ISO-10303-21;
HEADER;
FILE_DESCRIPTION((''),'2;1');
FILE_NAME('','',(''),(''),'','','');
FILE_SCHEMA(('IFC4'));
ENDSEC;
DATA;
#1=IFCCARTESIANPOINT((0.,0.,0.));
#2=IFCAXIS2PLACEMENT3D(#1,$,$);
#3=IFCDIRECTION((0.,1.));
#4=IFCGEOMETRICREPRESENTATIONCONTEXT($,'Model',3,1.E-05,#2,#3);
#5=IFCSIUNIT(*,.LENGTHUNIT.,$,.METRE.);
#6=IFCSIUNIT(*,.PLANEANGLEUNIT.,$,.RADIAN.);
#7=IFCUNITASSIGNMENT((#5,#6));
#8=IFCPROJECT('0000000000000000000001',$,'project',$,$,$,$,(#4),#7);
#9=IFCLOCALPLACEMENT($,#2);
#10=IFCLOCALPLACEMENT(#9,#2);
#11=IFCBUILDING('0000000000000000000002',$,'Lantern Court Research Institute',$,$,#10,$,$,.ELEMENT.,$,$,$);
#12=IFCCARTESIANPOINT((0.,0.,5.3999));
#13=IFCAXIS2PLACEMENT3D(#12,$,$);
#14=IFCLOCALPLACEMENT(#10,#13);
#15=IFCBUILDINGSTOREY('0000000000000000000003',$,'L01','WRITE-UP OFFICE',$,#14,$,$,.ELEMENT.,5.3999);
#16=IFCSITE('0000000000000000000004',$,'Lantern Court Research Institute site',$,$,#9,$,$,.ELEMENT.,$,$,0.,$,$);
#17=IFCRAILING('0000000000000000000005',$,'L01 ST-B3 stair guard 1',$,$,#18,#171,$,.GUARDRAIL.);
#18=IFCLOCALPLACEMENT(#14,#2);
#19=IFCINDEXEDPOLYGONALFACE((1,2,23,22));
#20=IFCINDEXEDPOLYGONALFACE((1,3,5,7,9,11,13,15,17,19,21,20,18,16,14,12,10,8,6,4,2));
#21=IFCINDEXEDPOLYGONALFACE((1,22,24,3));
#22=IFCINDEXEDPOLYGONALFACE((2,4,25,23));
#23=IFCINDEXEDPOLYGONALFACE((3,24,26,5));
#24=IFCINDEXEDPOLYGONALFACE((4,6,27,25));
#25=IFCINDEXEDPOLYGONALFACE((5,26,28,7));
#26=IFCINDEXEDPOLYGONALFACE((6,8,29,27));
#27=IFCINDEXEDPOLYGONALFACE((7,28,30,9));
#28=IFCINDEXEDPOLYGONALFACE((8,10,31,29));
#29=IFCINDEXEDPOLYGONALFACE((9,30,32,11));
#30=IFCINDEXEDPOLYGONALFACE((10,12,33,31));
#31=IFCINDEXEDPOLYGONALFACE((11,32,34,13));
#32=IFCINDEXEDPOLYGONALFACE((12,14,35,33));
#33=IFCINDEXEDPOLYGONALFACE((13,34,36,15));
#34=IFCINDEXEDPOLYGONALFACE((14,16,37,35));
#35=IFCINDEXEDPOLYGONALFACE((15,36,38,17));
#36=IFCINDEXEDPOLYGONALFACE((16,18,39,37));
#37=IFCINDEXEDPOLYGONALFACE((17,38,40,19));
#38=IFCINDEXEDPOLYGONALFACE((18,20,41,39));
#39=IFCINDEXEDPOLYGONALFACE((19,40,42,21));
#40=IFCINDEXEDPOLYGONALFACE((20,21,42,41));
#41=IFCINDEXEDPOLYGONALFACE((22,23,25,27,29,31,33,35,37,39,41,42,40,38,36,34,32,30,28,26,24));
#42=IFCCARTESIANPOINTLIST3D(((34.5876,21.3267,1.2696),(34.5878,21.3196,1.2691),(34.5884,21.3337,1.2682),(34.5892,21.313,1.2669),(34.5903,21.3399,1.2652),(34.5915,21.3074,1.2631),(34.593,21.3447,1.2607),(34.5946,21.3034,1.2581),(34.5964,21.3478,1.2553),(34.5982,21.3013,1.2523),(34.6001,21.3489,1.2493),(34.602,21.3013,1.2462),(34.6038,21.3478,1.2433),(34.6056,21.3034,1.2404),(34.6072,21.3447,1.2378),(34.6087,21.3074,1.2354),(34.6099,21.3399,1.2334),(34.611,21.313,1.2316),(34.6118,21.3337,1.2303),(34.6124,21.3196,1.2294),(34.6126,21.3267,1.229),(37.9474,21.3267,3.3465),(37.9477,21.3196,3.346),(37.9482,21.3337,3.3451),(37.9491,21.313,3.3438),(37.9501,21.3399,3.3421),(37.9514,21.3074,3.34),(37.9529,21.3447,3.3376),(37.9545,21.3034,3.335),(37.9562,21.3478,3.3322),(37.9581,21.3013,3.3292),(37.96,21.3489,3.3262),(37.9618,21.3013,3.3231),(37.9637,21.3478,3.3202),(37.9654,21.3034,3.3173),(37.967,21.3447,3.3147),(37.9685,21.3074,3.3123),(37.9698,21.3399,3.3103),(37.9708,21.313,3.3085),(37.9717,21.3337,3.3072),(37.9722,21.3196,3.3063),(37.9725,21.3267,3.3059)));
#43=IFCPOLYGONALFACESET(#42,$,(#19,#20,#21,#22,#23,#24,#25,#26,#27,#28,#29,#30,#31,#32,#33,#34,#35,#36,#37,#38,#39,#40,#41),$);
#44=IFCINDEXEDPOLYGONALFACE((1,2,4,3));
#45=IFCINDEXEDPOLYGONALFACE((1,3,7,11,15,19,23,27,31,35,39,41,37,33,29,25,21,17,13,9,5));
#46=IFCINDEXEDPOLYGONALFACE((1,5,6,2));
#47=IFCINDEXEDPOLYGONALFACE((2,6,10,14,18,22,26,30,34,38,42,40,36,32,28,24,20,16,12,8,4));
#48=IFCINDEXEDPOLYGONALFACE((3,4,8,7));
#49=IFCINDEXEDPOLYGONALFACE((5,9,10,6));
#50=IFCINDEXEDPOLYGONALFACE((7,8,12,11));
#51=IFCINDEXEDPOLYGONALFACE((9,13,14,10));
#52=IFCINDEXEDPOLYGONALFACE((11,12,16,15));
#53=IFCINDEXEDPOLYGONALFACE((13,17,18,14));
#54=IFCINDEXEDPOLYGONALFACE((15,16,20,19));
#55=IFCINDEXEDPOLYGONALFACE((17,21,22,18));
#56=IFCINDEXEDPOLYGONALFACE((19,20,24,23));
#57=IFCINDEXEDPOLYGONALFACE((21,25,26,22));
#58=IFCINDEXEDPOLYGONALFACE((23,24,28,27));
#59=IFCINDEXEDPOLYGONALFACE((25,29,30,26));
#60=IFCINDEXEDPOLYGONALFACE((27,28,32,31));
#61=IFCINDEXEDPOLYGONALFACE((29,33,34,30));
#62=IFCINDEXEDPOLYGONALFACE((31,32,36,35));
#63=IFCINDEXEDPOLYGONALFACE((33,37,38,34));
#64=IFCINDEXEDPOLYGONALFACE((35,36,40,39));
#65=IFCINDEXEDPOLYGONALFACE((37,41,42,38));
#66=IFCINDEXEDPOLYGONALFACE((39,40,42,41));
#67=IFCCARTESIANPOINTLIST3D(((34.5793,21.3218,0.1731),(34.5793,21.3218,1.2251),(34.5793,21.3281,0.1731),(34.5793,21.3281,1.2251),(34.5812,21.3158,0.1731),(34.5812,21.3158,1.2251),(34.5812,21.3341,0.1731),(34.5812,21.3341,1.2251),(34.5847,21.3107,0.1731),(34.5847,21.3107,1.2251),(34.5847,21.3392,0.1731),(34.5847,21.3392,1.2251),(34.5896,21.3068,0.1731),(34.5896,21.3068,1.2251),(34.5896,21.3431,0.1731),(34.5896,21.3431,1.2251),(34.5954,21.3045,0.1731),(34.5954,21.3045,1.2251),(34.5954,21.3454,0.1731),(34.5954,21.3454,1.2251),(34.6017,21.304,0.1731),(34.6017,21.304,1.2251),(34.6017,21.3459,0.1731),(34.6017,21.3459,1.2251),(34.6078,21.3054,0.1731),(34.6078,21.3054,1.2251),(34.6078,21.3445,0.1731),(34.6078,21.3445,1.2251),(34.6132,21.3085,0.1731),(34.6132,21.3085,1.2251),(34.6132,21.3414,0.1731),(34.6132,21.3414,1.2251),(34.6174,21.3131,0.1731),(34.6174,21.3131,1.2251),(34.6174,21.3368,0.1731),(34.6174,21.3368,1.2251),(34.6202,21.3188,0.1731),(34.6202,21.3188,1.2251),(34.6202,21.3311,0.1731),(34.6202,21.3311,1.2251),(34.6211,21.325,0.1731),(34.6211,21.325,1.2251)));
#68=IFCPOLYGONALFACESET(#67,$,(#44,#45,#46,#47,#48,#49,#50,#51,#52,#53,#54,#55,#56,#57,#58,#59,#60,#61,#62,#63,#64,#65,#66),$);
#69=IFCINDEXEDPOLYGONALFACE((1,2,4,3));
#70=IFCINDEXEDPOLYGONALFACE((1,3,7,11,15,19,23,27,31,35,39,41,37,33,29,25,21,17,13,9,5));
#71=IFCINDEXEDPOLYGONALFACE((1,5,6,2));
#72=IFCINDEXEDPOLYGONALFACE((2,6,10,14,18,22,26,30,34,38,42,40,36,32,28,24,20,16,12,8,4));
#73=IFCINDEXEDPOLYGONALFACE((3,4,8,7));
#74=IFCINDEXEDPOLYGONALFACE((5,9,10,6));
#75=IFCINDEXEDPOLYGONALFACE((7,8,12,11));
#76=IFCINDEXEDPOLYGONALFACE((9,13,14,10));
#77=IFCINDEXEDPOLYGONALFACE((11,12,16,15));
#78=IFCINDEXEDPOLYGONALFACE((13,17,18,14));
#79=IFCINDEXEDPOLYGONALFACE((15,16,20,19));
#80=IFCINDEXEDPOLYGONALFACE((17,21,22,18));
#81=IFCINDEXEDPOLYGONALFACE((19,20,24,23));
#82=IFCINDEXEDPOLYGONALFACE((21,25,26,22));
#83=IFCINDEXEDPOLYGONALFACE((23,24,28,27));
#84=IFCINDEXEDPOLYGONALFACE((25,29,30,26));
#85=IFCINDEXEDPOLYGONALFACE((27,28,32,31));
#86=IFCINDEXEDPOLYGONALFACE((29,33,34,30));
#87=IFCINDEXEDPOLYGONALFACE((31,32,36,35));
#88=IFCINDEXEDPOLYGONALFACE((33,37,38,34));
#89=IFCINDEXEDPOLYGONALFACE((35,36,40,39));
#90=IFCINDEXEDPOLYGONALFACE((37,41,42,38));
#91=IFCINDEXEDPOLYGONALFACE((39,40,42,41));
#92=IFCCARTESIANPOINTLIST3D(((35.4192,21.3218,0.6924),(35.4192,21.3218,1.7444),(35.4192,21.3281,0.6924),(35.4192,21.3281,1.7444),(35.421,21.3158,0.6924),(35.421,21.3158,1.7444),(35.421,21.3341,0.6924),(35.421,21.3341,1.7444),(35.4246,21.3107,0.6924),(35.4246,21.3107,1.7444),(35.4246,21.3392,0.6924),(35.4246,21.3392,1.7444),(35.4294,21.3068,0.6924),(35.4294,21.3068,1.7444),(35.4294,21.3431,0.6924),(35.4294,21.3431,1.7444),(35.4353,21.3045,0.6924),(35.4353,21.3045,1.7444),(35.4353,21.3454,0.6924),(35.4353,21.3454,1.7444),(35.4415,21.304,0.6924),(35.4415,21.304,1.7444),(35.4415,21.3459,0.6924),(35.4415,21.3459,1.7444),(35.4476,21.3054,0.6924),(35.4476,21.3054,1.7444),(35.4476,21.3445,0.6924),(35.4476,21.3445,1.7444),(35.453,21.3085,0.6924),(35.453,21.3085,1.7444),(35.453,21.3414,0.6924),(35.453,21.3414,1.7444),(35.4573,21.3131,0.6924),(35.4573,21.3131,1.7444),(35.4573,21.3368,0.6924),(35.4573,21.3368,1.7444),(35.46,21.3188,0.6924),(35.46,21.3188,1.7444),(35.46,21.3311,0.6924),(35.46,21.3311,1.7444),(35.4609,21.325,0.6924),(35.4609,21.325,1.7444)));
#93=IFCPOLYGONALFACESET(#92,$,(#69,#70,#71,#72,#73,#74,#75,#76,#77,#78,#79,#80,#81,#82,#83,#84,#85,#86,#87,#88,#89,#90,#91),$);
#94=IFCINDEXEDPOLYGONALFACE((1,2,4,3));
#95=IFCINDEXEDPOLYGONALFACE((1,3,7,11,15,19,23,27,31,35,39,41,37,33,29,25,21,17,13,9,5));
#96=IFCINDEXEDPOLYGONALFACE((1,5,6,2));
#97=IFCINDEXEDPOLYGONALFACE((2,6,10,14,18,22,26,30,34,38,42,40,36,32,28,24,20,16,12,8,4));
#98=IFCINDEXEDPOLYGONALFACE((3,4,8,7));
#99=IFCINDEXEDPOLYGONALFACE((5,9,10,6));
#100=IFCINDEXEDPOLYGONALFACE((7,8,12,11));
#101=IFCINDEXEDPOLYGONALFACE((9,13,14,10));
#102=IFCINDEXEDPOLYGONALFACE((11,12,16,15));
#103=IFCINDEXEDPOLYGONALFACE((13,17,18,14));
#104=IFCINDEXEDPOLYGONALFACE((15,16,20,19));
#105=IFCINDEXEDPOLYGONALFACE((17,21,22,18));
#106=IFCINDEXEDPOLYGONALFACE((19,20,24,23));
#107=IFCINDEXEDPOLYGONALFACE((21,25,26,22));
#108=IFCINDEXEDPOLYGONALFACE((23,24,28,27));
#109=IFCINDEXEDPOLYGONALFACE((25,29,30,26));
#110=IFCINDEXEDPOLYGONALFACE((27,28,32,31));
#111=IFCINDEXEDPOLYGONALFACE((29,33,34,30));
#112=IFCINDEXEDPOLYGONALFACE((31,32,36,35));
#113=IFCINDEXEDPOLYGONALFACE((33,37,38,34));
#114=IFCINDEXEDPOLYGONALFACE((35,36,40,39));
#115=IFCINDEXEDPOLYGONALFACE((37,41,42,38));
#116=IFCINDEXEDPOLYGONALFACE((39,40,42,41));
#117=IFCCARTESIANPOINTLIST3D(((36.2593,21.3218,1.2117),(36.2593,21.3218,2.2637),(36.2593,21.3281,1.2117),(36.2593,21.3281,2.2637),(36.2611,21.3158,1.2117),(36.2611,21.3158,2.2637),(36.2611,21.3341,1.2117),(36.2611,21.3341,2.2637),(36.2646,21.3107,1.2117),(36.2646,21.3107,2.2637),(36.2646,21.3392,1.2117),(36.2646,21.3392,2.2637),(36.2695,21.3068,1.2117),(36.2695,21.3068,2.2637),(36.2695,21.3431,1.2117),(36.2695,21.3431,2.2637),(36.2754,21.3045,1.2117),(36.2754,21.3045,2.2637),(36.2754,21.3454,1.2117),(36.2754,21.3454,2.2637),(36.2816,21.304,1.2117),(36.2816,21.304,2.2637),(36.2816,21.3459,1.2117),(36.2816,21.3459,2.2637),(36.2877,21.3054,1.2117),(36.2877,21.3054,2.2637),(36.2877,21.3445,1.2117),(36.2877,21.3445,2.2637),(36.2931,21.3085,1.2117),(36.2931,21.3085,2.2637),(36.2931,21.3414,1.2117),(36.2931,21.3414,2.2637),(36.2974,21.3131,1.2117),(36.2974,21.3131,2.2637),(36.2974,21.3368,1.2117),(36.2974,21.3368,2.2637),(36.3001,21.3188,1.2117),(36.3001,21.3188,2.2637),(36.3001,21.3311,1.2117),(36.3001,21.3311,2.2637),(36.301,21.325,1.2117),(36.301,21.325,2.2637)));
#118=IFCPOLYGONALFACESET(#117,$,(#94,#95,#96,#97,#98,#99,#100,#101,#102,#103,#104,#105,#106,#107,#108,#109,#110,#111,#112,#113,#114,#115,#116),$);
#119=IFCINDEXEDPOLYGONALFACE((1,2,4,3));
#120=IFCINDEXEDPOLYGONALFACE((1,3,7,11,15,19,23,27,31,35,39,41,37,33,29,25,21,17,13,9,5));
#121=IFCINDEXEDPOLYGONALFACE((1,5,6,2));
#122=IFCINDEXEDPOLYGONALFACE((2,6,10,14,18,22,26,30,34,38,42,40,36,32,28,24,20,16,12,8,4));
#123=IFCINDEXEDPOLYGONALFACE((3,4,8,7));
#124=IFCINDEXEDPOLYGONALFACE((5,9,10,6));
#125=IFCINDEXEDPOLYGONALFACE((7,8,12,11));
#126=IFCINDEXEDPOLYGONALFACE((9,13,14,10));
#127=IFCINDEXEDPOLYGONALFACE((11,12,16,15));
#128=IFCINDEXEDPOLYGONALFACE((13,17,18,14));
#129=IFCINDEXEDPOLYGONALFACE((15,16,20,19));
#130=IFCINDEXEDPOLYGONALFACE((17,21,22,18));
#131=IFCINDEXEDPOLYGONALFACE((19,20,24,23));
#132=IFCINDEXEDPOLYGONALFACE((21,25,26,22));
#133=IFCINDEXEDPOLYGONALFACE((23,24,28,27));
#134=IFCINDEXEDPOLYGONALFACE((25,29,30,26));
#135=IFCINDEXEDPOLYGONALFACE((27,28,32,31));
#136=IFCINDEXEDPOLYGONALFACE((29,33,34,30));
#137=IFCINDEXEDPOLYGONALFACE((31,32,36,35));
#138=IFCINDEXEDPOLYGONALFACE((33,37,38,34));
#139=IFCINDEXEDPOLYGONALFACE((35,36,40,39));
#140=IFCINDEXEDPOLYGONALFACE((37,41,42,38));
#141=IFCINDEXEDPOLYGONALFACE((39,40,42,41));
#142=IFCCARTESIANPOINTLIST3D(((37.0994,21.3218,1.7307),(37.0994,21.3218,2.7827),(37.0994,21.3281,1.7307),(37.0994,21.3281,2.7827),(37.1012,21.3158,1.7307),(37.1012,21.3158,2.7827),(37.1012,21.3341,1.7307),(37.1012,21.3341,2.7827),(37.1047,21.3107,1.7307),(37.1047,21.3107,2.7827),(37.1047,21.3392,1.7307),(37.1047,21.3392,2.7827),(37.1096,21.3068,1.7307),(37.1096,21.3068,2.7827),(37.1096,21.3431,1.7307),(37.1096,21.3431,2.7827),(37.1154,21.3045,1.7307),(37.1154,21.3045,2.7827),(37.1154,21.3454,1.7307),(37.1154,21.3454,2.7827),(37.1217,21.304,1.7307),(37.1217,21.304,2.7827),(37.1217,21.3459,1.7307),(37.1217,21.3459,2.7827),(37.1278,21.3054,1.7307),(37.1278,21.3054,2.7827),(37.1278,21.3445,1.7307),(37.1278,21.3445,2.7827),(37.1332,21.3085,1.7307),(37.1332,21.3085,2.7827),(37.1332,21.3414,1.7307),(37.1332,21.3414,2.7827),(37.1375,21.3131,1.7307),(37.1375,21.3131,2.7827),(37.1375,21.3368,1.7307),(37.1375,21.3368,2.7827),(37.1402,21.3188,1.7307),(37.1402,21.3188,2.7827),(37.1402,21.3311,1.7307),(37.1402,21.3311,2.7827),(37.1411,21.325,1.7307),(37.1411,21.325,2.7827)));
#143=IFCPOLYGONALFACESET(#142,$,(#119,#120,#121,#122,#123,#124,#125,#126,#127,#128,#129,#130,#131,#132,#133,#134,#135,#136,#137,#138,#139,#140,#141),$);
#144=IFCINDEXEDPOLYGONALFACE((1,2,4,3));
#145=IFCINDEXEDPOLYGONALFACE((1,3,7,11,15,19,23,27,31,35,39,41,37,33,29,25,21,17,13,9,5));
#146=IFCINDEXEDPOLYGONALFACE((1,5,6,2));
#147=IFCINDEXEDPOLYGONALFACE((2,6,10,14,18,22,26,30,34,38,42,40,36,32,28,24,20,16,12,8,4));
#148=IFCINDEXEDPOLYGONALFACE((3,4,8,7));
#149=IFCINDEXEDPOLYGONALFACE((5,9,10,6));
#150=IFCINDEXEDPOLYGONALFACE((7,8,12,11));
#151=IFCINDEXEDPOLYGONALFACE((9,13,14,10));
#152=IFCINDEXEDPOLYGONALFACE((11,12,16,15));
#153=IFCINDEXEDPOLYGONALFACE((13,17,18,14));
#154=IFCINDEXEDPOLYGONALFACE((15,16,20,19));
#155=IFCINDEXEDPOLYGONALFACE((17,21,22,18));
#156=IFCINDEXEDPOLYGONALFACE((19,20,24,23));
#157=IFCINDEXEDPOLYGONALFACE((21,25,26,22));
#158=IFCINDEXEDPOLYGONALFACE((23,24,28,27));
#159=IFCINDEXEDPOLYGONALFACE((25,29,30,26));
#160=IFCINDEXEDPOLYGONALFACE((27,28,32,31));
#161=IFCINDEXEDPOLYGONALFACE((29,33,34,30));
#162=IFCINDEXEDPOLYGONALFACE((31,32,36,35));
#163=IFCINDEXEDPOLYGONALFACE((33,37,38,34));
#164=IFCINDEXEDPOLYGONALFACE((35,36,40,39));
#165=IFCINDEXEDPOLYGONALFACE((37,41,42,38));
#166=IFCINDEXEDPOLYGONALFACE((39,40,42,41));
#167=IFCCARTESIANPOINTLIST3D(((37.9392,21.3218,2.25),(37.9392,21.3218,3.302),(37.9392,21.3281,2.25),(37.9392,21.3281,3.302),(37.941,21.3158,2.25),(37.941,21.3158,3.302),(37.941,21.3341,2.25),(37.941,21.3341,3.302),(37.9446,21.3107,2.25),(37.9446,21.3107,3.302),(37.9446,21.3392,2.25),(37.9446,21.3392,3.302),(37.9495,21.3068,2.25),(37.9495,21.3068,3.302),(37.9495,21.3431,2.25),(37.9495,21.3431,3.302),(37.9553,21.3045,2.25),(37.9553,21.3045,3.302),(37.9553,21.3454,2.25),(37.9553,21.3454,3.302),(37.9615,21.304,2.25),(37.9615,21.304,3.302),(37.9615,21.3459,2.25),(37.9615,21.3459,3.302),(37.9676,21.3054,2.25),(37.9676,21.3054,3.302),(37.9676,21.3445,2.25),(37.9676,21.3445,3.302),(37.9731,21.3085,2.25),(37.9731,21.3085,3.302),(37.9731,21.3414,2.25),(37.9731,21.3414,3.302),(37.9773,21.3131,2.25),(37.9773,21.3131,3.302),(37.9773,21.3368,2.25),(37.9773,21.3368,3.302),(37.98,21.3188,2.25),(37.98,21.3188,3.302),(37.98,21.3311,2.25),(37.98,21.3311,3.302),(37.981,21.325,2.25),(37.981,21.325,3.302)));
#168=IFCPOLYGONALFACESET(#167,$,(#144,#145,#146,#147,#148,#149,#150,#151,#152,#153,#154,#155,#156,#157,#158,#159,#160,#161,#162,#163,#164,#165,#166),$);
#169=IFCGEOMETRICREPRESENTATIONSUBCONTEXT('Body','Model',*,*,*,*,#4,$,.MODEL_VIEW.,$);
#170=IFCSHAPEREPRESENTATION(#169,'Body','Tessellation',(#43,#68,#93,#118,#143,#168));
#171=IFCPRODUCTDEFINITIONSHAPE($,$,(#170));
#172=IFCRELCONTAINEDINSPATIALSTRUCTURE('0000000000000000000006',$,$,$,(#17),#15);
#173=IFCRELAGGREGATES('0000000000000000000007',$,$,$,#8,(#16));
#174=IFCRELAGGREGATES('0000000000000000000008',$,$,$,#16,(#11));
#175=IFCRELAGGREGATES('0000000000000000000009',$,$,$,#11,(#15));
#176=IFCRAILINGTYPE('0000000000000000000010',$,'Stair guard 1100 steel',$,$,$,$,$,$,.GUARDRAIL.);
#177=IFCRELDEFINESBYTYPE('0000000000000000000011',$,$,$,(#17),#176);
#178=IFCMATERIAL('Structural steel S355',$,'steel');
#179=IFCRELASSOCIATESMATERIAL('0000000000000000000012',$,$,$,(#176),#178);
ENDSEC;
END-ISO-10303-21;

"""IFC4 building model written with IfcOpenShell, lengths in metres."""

from ifc_helpers import new_model, si_unit, direction, frame, origin, origin_2d, place, context, subcontext, project, spatial, circle, extrude, material, type_object, element, save


model = new_model("IFC4")

# Units and contexts
model_context = context("Model", 3, precision=1e-05, world=origin(), true_north=direction((0.0, 1.0)))
body_context = subcontext(model_context, "Body", "Model", "MODEL_VIEW")
ifc_project = project(units=[si_unit("LENGTHUNIT", "METRE"), si_unit("PLANEANGLEUNIT", "RADIAN")], contexts=[model_context])

# Site, building, storey
site_placement = place(None, origin())
site = spatial("IfcSite", under=ifc_project, at=site_placement, Name="Lantern Court Research Institute site", CompositionType="ELEMENT", RefElevation=0.0)
building_placement = place(site_placement, origin())
building = spatial("IfcBuilding", under=site, at=building_placement, Name="Lantern Court Research Institute", CompositionType="ELEMENT")
storey_placement = place(building_placement, frame((0.0, 0.0, 5.3999)))
storey = spatial("IfcBuildingStorey", under=building, at=storey_placement, Name="L01", Description="WRITE-UP OFFICE", CompositionType="ELEMENT", Elevation=5.3999)

# Railing
ifc_material_1 = material(Name="Structural steel S355", Category="steel")
railing_type_1 = type_object("IfcRailingType", Name="Stair guard 1100 steel", PredefinedType="GUARDRAIL", material=ifc_material_1)
railing_1_placement = place(storey_placement, frame((34.6001, 21.325, 0.1731)))
element("IfcRailing", 1, at=railing_1_placement, inside=storey, type_object=railing_type_1, Name="L01 ST-B3 stair guard 1", PredefinedType="GUARDRAIL", context=body_context, shape_type="SweptSolid", body=[
    extrude(circle(Radius=0.0239, at=origin_2d()), frame((0.0, 0.0, 1.0762), z_axis=(0.850606, 0.0, 0.525803), x_axis=(0.0, 1.0, 0.0)), (0.0, 0.0, 1.0), 3.95),
    extrude(circle(Radius=0.021, at=origin_2d()), origin(), (0.0, 0.0, 1.0), 1.052),
    extrude(circle(Radius=0.021, at=origin_2d()), frame((0.8398, 0.0, 0.5193)), (0.0, 0.0, 1.0), 1.052),
    extrude(circle(Radius=0.021, at=origin_2d()), frame((1.6799, 0.0, 1.0386)), (0.0, 0.0, 1.0), 1.052),
    extrude(circle(Radius=0.021, at=origin_2d()), frame((2.52, 0.0, 1.5576)), (0.0, 0.0, 1.0), 1.052),
    extrude(circle(Radius=0.021, at=origin_2d()), frame((3.3599, 0.0, 2.0769)), (0.0, 0.0, 1.0), 1.052),
])

save(model, "model.ifc")
